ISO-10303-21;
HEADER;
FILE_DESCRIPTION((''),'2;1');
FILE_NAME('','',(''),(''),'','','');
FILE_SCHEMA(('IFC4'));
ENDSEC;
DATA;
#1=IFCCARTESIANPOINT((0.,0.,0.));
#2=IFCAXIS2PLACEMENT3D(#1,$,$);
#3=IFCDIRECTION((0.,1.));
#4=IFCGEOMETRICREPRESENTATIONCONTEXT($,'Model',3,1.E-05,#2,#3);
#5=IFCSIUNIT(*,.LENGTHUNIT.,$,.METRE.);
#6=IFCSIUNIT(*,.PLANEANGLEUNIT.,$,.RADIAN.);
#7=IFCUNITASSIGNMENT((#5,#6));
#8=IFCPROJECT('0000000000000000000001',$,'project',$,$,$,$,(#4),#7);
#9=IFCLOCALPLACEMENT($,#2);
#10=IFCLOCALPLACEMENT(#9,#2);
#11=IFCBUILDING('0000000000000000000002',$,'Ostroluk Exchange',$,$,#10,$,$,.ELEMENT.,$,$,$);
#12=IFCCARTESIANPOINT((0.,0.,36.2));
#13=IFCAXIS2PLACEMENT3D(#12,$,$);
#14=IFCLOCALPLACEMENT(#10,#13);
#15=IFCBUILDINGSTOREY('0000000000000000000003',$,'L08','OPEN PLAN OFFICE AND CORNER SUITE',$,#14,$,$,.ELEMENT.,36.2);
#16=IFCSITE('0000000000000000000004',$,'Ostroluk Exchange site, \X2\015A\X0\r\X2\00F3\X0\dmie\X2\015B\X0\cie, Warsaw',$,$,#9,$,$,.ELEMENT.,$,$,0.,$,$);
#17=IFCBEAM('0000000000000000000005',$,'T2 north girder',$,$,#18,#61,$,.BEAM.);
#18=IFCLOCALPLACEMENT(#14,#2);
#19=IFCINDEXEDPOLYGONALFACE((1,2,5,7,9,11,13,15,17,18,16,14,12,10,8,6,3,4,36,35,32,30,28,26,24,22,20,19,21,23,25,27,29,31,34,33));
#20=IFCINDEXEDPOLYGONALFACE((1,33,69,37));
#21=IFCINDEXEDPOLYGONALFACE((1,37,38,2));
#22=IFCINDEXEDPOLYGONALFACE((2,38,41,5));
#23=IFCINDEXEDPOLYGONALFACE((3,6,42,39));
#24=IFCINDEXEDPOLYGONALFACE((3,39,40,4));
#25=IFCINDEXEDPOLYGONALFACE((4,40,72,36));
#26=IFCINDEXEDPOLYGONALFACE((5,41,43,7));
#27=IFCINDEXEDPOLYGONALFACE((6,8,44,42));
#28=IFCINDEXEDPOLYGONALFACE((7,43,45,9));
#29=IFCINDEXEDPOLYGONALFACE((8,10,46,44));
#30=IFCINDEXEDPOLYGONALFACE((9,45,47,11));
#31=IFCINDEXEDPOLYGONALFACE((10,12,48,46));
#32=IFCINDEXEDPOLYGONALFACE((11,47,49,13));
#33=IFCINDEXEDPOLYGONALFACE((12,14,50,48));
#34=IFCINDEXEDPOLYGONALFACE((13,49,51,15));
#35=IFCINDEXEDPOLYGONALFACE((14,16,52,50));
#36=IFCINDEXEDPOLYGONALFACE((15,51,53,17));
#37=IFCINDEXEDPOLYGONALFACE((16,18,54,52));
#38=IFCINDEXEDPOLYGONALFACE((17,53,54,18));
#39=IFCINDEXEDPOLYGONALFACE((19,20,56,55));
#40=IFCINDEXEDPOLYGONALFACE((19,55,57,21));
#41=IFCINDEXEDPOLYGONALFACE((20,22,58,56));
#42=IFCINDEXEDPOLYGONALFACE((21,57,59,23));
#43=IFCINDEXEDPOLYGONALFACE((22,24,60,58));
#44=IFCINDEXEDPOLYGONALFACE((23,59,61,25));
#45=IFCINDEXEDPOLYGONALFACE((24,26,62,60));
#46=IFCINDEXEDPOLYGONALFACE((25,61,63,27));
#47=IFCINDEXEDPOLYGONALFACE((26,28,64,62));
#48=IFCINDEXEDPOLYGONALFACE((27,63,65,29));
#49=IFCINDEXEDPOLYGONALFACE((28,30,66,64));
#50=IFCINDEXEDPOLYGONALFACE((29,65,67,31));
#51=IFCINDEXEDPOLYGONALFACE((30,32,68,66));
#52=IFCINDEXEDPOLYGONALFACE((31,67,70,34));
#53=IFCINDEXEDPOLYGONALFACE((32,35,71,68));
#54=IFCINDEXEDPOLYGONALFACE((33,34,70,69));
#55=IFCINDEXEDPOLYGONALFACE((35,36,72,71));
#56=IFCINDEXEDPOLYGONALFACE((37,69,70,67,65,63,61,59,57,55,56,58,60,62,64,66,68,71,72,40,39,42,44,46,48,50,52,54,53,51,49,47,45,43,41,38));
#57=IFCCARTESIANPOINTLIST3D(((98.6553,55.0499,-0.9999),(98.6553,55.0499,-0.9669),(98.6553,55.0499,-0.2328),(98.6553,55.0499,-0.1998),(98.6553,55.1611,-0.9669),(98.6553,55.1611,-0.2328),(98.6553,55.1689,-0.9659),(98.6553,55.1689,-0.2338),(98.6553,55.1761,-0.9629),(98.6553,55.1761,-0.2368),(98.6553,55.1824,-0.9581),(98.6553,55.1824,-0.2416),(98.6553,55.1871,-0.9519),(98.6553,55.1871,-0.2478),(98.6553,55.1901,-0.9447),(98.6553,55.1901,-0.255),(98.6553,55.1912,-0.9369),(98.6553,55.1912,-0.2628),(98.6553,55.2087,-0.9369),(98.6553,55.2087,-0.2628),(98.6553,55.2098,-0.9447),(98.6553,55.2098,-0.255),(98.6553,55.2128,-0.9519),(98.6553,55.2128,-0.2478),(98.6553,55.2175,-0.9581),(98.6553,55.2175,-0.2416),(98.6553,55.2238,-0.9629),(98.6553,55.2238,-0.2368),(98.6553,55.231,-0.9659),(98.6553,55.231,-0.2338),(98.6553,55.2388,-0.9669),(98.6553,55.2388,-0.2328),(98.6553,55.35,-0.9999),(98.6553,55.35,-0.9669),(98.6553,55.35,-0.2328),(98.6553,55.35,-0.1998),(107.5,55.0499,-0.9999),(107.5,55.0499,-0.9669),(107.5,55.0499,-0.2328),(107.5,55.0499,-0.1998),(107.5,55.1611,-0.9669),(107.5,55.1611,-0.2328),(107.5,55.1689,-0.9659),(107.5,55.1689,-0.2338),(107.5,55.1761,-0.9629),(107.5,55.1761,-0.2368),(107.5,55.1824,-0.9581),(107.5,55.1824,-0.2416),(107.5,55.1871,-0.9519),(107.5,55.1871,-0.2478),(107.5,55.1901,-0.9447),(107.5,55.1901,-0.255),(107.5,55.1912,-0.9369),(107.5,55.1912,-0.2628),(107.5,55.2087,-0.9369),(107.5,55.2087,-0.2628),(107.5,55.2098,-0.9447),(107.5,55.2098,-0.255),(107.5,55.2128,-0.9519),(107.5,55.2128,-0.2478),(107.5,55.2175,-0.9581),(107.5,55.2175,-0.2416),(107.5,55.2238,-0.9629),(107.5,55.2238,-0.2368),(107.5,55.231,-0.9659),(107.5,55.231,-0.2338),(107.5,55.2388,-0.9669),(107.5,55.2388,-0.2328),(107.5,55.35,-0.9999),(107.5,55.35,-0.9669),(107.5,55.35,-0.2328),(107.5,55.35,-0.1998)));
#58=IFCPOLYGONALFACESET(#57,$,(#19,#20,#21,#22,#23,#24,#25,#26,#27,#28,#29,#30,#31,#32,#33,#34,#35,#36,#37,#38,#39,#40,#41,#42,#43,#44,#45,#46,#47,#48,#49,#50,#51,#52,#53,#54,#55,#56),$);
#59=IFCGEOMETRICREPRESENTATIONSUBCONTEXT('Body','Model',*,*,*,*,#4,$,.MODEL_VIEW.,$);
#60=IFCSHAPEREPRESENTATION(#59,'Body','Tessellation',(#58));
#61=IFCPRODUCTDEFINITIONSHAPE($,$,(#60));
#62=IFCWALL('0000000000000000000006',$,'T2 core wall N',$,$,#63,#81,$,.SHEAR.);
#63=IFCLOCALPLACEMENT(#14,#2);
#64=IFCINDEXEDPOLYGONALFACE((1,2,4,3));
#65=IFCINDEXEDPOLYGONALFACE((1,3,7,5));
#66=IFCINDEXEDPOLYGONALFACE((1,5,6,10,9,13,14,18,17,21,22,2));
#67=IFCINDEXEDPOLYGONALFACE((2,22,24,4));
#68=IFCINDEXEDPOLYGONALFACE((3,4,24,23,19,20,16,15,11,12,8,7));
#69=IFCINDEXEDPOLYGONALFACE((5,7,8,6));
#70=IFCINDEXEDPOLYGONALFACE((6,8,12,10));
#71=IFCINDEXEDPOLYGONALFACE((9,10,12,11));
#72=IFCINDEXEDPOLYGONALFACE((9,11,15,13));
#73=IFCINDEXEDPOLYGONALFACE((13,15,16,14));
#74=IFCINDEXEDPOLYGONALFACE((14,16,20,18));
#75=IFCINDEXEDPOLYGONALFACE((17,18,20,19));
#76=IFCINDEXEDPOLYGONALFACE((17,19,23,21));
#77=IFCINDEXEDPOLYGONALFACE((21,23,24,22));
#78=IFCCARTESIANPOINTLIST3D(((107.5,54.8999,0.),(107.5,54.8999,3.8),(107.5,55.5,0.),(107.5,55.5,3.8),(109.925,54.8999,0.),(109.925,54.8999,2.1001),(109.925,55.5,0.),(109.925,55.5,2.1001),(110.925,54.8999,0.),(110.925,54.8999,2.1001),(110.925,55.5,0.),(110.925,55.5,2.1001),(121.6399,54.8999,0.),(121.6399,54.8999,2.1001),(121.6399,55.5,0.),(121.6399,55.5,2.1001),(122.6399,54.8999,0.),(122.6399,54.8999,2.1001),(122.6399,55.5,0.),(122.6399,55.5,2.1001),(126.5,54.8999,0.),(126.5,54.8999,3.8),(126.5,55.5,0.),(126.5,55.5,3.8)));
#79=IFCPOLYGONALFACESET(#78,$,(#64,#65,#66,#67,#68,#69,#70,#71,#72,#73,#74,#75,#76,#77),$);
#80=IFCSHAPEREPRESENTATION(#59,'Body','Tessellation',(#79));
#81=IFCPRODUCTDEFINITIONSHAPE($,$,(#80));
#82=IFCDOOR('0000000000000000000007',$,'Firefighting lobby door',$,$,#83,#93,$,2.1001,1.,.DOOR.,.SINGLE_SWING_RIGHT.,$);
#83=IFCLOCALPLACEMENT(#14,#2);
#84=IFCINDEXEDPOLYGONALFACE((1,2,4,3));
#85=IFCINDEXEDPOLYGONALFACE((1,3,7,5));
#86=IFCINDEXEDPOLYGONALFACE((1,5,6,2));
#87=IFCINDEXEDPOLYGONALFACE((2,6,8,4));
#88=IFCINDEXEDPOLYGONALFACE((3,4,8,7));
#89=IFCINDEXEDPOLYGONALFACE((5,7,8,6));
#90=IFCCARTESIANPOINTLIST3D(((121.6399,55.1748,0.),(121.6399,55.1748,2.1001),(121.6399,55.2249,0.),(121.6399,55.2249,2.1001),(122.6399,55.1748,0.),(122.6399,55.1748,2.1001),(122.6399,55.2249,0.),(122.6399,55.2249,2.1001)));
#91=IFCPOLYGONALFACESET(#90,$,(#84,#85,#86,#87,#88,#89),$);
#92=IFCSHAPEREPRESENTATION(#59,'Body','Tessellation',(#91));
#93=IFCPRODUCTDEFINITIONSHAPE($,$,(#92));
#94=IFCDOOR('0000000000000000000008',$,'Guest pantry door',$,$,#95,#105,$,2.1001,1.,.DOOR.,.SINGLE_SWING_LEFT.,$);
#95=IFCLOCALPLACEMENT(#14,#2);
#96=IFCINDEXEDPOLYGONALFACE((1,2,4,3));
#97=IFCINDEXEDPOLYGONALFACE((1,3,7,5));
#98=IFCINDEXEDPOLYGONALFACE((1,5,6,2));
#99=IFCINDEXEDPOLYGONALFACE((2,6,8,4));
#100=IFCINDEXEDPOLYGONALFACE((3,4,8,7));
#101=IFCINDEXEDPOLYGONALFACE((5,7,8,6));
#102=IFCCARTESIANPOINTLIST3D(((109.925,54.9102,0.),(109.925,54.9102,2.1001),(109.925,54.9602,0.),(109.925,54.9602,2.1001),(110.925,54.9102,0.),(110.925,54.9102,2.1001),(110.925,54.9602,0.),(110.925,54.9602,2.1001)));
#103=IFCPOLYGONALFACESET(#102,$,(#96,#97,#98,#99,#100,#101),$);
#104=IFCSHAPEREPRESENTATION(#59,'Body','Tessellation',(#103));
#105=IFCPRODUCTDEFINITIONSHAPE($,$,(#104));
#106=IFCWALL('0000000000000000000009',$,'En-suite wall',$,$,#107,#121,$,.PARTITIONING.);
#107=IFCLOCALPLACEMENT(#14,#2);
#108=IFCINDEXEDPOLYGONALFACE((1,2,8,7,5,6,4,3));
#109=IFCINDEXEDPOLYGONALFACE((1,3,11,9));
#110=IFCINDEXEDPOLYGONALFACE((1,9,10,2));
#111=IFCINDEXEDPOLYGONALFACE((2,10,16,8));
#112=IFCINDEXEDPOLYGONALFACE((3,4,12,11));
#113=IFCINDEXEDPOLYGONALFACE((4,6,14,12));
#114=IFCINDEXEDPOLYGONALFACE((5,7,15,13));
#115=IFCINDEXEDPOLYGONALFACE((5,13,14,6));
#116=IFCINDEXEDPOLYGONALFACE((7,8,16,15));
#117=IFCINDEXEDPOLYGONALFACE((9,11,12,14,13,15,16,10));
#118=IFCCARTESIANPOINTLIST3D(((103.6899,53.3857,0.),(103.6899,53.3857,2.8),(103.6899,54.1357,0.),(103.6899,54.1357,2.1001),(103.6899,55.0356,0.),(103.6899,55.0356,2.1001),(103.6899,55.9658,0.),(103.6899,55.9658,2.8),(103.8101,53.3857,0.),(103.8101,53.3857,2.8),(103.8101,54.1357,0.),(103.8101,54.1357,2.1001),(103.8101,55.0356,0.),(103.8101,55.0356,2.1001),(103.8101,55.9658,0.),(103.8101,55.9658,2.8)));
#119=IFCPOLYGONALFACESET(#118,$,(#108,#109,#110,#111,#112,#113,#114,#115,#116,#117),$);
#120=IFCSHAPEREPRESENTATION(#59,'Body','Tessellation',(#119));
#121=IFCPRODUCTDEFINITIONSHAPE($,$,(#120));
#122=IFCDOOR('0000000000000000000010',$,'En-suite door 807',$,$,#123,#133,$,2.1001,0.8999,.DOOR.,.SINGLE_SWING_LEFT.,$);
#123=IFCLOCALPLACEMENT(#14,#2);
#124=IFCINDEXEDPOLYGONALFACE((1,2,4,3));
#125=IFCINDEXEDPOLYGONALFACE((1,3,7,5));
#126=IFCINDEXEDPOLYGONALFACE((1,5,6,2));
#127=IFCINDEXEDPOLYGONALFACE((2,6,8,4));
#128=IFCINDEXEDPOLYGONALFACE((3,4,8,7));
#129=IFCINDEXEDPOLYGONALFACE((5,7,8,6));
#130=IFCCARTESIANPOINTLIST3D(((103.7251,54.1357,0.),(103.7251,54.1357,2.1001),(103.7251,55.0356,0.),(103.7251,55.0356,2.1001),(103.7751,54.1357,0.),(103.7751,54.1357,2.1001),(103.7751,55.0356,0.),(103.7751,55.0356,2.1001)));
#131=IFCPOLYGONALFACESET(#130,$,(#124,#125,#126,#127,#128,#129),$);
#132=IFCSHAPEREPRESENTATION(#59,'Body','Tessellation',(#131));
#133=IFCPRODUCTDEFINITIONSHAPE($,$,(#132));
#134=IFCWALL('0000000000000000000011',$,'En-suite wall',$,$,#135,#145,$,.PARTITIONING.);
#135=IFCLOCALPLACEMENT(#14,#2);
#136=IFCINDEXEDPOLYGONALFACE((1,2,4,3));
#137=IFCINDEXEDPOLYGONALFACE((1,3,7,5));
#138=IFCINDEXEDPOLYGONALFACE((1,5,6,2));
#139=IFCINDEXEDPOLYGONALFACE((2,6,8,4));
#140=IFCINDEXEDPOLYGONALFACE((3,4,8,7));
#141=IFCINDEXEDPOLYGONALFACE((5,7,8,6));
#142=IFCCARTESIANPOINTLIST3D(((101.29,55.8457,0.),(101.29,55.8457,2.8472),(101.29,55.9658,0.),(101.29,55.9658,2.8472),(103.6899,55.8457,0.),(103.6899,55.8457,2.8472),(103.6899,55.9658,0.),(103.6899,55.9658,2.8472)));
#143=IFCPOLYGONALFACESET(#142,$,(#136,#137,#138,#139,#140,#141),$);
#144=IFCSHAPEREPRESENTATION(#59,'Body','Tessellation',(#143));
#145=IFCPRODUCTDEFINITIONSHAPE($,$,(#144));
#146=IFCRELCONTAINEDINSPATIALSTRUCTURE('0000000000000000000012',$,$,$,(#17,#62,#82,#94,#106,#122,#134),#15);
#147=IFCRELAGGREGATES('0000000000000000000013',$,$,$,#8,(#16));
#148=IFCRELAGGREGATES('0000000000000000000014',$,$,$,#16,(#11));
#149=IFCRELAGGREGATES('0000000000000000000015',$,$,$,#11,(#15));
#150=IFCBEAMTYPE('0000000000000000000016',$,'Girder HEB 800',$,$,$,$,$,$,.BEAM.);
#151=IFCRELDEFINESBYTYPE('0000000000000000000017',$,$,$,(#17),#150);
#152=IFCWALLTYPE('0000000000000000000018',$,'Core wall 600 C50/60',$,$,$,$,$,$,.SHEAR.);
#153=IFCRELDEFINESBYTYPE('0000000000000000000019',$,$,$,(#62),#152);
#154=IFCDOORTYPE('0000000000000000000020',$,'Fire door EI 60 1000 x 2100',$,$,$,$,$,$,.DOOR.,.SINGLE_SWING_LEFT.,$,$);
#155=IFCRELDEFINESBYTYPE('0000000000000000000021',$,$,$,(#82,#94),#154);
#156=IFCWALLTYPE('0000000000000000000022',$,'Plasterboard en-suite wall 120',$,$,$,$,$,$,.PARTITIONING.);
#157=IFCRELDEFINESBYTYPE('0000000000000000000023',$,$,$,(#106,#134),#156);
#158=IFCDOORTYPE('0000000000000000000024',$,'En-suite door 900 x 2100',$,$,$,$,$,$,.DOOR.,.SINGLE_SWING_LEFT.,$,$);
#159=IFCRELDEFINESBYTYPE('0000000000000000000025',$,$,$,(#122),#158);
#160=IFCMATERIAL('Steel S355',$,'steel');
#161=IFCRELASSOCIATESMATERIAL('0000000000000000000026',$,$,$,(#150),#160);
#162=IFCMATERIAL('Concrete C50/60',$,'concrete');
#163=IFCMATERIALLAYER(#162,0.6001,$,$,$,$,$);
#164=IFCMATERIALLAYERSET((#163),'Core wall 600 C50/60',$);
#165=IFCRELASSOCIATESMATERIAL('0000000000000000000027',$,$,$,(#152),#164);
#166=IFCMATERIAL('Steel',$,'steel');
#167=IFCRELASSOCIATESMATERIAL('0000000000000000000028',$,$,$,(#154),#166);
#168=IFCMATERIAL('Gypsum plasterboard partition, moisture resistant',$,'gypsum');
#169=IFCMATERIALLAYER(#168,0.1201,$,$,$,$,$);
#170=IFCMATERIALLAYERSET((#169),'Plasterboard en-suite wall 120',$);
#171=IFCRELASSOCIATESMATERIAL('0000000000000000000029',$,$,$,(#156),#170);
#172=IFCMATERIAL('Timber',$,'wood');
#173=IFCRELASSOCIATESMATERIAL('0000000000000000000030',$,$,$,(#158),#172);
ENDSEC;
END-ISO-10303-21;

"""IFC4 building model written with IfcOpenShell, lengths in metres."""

from ifc_helpers import new_model, si_unit, direction, frame, frame_2d, origin, origin_2d, place, context, subcontext, project, spatial, rectangle, i_section, extrude, material, layer, layer_set, material_profile, profile_set, type_object, element, fill, save


model = new_model("IFC4")

# Units and contexts
model_context = context("Model", 3, precision=1e-05, world=origin(), true_north=direction((0.0, 1.0)))
body_context = subcontext(model_context, "Body", "Model", "MODEL_VIEW")
ifc_project = project(units=[si_unit("LENGTHUNIT", "METRE"), si_unit("PLANEANGLEUNIT", "RADIAN")], contexts=[model_context])

# Site, building, storey
site_placement = place(None, origin())
site = spatial("IfcSite", under=ifc_project, at=site_placement, Name="Ostroluk Exchange site, Śródmieście, Warsaw", CompositionType="ELEMENT", RefElevation=0.0)
building_placement = place(site_placement, origin())
building = spatial("IfcBuilding", under=site, at=building_placement, Name="Ostroluk Exchange", CompositionType="ELEMENT")
storey_placement = place(building_placement, frame((0.0, 0.0, 36.2)))
storey = spatial("IfcBuildingStorey", under=building, at=storey_placement, Name="L08", Description="OPEN PLAN OFFICE AND CORNER SUITE", CompositionType="ELEMENT", Elevation=36.2)

# Beam
ifc_material_1 = material(Name="Steel S355", Category="steel")
ifc_material_profile_1 = material_profile(ifc_material_1, i_section(OverallWidth=0.3, OverallDepth=0.8, WebThickness=0.0176, FlangeThickness=0.033, FilletRadius=0.03, at=origin_2d()), Name="HEB 800")
ifc_profile_set_1 = profile_set([ifc_material_profile_1], Name="Steel S355")
beam_type_1 = type_object("IfcBeamType", Name="Girder HEB 800", PredefinedType="BEAM", material=ifc_profile_set_1)
beam_1_placement = place(storey_placement, frame((107.5, 55.2, -0.5999), z_axis=(-1.0, 0.0, 0.0), x_axis=(0.0, -1.0, 0.0)))
element("IfcBeam", 1, at=beam_1_placement, inside=storey, type_object=beam_type_1, Name="T2 north girder", PredefinedType="BEAM", context=body_context, shape_type="SweptSolid", body=[
    extrude(i_section(OverallWidth=0.3, OverallDepth=0.8, WebThickness=0.0176, FlangeThickness=0.033, FilletRadius=0.03, at=origin_2d()), origin(), (0.0, 0.0, 1.0), 8.8447),
])

# Wall, openings, doors
ifc_material_2 = material(Name="Concrete C50/60", Category="concrete")
ifc_layer_1 = layer(ifc_material_2, 0.6001)
ifc_layer_set_1 = layer_set([ifc_layer_1], Name="Core wall 600 C50/60")
wall_type_1 = type_object("IfcWallType", Name="Core wall 600 C50/60", PredefinedType="SHEAR", material=ifc_layer_set_1)
wall_1_placement = place(storey_placement, frame((107.5, 55.2, 0.0), z_axis=(0.0, 0.0, 1.0), x_axis=(1.0, 0.0, 0.0)))
wall_1 = element("IfcWall", 2, at=wall_1_placement, inside=storey, type_object=wall_type_1, Name="T2 core wall N", PredefinedType="SHEAR", context=body_context, shape_type="SweptSolid", body=[
    extrude(rectangle(XDim=19.0, YDim=0.6001, at=frame_2d((9.5, 0.0))), origin(), (0.0, 0.0, 1.0), 3.8),
])
opening_1_placement = place(wall_1_placement, frame((14.1399, 0.0, 0.0)))
opening_1 = element("IfcOpeningElement", 3, at=opening_1_placement, cuts=wall_1, PredefinedType="OPENING", context=body_context, shape_type="SweptSolid", body=[
    extrude(rectangle(XDim=1.0, YDim=2.1001, at=frame_2d((0.5, 1.05))), frame((0.0, 0.3101, 0.0), z_axis=(0.0, -1.0, 0.0), x_axis=(1.0, 0.0, 0.0)), (0.0, 0.0, 1.0), 0.6201),
])
opening_2_placement = place(wall_1_placement, frame((2.425, 0.0, 0.0)))
opening_2 = element("IfcOpeningElement", 4, at=opening_2_placement, cuts=wall_1, PredefinedType="OPENING", context=body_context, shape_type="SweptSolid", body=[
    extrude(rectangle(XDim=1.0, YDim=2.1001, at=frame_2d((0.5, 1.05))), frame((0.0, 0.3101, 0.0), z_axis=(0.0, -1.0, 0.0), x_axis=(1.0, 0.0, 0.0)), (0.0, 0.0, 1.0), 0.6201),
])
ifc_material_3 = material(Name="Steel", Category="steel")
door_type_1 = type_object("IfcDoorType", Name="Fire door EI 60 1000 x 2100", OperationType="SINGLE_SWING_LEFT", PredefinedType="DOOR", material=ifc_material_3)
door_1_placement = place(opening_1_placement, origin())
door_1 = element("IfcDoor", 5, at=door_1_placement, inside=storey, type_object=door_type_1, Name="Firefighting lobby door", OperationType="SINGLE_SWING_RIGHT", OverallHeight=2.1001, OverallWidth=1.0, PredefinedType="DOOR", context=body_context, shape_type="SweptSolid", body=[
    extrude(rectangle(XDim=1.0, YDim=2.1001, at=frame_2d((0.5, 1.05))), frame((0.0, 0.0249, 0.0), z_axis=(0.0, -1.0, 0.0), x_axis=(1.0, 0.0, 0.0)), (0.0, 0.0, 1.0), 0.05),
])
fill(opening_1, door_1)
door_2_placement = place(opening_2_placement, origin())
door_2 = element("IfcDoor", 6, at=door_2_placement, inside=storey, type_object=door_type_1, Name="Guest pantry door", OperationType="SINGLE_SWING_LEFT", OverallHeight=2.1001, OverallWidth=1.0, PredefinedType="DOOR", context=body_context, shape_type="SweptSolid", body=[
    extrude(rectangle(XDim=1.0, YDim=2.1001, at=frame_2d((0.5, 1.05))), frame((0.0, -0.2397, 0.0), z_axis=(0.0, -1.0, 0.0), x_axis=(1.0, 0.0, 0.0)), (0.0, 0.0, 1.0), 0.05),
])
fill(opening_2, door_2)

# Wall, opening, door
ifc_material_4 = material(Name="Gypsum plasterboard partition, moisture resistant", Category="gypsum")
ifc_layer_2 = layer(ifc_material_4, 0.1201)
ifc_layer_set_2 = layer_set([ifc_layer_2], Name="Plasterboard en-suite wall 120")
wall_type_2 = type_object("IfcWallType", Name="Plasterboard en-suite wall 120", PredefinedType="PARTITIONING", material=ifc_layer_set_2)
wall_2_placement = place(storey_placement, frame((103.75, 53.3857, 0.0), z_axis=(0.0, 0.0, 1.0), x_axis=(0.0, 1.0, 0.0)))
wall_2 = element("IfcWall", 7, at=wall_2_placement, inside=storey, type_object=wall_type_2, Name="En-suite wall", PredefinedType="PARTITIONING", context=body_context, shape_type="SweptSolid", body=[
    extrude(rectangle(XDim=2.5801, YDim=0.1201, at=frame_2d((1.29, 0.0))), origin(), (0.0, 0.0, 1.0), 2.8),
])
opening_3_placement = place(wall_2_placement, frame((0.75, 0.0, 0.0)))
opening_3 = element("IfcOpeningElement", 8, at=opening_3_placement, cuts=wall_2, PredefinedType="OPENING", context=body_context, shape_type="SweptSolid", body=[
    extrude(rectangle(XDim=0.8999, YDim=2.1001, at=frame_2d((0.45, 1.05))), frame((0.0, 0.0701, 0.0), z_axis=(0.0, -1.0, 0.0), x_axis=(1.0, 0.0, 0.0)), (0.0, 0.0, 1.0), 0.1401),
])
ifc_material_5 = material(Name="Timber", Category="wood")
door_type_2 = type_object("IfcDoorType", Name="En-suite door 900 x 2100", OperationType="SINGLE_SWING_LEFT", PredefinedType="DOOR", material=ifc_material_5)
door_3_placement = place(opening_3_placement, origin())
door_3 = element("IfcDoor", 9, at=door_3_placement, inside=storey, type_object=door_type_2, Name="En-suite door 807", OperationType="SINGLE_SWING_LEFT", OverallHeight=2.1001, OverallWidth=0.8999, PredefinedType="DOOR", context=body_context, shape_type="SweptSolid", body=[
    extrude(rectangle(XDim=0.8999, YDim=2.1001, at=frame_2d((0.45, 1.05))), frame((0.0, 0.0249, 0.0), z_axis=(0.0, -1.0, 0.0), x_axis=(1.0, 0.0, 0.0)), (0.0, 0.0, 1.0), 0.05),
])
fill(opening_3, door_3)

# Wall
wall_3_placement = place(storey_placement, frame((103.6899, 55.9058, 0.0), z_axis=(0.0, 0.0, 1.0), x_axis=(-1.0, 0.0, 0.0)))
element("IfcWall", 10, at=wall_3_placement, inside=storey, type_object=wall_type_2, Name="En-suite wall", PredefinedType="PARTITIONING", context=body_context, shape_type="SweptSolid", body=[
    extrude(rectangle(XDim=2.3999, YDim=0.1201, at=frame_2d((1.2, 0.0))), origin(), (0.0, 0.0, 1.0), 2.8472),
])

save(model, "model.ifc")
